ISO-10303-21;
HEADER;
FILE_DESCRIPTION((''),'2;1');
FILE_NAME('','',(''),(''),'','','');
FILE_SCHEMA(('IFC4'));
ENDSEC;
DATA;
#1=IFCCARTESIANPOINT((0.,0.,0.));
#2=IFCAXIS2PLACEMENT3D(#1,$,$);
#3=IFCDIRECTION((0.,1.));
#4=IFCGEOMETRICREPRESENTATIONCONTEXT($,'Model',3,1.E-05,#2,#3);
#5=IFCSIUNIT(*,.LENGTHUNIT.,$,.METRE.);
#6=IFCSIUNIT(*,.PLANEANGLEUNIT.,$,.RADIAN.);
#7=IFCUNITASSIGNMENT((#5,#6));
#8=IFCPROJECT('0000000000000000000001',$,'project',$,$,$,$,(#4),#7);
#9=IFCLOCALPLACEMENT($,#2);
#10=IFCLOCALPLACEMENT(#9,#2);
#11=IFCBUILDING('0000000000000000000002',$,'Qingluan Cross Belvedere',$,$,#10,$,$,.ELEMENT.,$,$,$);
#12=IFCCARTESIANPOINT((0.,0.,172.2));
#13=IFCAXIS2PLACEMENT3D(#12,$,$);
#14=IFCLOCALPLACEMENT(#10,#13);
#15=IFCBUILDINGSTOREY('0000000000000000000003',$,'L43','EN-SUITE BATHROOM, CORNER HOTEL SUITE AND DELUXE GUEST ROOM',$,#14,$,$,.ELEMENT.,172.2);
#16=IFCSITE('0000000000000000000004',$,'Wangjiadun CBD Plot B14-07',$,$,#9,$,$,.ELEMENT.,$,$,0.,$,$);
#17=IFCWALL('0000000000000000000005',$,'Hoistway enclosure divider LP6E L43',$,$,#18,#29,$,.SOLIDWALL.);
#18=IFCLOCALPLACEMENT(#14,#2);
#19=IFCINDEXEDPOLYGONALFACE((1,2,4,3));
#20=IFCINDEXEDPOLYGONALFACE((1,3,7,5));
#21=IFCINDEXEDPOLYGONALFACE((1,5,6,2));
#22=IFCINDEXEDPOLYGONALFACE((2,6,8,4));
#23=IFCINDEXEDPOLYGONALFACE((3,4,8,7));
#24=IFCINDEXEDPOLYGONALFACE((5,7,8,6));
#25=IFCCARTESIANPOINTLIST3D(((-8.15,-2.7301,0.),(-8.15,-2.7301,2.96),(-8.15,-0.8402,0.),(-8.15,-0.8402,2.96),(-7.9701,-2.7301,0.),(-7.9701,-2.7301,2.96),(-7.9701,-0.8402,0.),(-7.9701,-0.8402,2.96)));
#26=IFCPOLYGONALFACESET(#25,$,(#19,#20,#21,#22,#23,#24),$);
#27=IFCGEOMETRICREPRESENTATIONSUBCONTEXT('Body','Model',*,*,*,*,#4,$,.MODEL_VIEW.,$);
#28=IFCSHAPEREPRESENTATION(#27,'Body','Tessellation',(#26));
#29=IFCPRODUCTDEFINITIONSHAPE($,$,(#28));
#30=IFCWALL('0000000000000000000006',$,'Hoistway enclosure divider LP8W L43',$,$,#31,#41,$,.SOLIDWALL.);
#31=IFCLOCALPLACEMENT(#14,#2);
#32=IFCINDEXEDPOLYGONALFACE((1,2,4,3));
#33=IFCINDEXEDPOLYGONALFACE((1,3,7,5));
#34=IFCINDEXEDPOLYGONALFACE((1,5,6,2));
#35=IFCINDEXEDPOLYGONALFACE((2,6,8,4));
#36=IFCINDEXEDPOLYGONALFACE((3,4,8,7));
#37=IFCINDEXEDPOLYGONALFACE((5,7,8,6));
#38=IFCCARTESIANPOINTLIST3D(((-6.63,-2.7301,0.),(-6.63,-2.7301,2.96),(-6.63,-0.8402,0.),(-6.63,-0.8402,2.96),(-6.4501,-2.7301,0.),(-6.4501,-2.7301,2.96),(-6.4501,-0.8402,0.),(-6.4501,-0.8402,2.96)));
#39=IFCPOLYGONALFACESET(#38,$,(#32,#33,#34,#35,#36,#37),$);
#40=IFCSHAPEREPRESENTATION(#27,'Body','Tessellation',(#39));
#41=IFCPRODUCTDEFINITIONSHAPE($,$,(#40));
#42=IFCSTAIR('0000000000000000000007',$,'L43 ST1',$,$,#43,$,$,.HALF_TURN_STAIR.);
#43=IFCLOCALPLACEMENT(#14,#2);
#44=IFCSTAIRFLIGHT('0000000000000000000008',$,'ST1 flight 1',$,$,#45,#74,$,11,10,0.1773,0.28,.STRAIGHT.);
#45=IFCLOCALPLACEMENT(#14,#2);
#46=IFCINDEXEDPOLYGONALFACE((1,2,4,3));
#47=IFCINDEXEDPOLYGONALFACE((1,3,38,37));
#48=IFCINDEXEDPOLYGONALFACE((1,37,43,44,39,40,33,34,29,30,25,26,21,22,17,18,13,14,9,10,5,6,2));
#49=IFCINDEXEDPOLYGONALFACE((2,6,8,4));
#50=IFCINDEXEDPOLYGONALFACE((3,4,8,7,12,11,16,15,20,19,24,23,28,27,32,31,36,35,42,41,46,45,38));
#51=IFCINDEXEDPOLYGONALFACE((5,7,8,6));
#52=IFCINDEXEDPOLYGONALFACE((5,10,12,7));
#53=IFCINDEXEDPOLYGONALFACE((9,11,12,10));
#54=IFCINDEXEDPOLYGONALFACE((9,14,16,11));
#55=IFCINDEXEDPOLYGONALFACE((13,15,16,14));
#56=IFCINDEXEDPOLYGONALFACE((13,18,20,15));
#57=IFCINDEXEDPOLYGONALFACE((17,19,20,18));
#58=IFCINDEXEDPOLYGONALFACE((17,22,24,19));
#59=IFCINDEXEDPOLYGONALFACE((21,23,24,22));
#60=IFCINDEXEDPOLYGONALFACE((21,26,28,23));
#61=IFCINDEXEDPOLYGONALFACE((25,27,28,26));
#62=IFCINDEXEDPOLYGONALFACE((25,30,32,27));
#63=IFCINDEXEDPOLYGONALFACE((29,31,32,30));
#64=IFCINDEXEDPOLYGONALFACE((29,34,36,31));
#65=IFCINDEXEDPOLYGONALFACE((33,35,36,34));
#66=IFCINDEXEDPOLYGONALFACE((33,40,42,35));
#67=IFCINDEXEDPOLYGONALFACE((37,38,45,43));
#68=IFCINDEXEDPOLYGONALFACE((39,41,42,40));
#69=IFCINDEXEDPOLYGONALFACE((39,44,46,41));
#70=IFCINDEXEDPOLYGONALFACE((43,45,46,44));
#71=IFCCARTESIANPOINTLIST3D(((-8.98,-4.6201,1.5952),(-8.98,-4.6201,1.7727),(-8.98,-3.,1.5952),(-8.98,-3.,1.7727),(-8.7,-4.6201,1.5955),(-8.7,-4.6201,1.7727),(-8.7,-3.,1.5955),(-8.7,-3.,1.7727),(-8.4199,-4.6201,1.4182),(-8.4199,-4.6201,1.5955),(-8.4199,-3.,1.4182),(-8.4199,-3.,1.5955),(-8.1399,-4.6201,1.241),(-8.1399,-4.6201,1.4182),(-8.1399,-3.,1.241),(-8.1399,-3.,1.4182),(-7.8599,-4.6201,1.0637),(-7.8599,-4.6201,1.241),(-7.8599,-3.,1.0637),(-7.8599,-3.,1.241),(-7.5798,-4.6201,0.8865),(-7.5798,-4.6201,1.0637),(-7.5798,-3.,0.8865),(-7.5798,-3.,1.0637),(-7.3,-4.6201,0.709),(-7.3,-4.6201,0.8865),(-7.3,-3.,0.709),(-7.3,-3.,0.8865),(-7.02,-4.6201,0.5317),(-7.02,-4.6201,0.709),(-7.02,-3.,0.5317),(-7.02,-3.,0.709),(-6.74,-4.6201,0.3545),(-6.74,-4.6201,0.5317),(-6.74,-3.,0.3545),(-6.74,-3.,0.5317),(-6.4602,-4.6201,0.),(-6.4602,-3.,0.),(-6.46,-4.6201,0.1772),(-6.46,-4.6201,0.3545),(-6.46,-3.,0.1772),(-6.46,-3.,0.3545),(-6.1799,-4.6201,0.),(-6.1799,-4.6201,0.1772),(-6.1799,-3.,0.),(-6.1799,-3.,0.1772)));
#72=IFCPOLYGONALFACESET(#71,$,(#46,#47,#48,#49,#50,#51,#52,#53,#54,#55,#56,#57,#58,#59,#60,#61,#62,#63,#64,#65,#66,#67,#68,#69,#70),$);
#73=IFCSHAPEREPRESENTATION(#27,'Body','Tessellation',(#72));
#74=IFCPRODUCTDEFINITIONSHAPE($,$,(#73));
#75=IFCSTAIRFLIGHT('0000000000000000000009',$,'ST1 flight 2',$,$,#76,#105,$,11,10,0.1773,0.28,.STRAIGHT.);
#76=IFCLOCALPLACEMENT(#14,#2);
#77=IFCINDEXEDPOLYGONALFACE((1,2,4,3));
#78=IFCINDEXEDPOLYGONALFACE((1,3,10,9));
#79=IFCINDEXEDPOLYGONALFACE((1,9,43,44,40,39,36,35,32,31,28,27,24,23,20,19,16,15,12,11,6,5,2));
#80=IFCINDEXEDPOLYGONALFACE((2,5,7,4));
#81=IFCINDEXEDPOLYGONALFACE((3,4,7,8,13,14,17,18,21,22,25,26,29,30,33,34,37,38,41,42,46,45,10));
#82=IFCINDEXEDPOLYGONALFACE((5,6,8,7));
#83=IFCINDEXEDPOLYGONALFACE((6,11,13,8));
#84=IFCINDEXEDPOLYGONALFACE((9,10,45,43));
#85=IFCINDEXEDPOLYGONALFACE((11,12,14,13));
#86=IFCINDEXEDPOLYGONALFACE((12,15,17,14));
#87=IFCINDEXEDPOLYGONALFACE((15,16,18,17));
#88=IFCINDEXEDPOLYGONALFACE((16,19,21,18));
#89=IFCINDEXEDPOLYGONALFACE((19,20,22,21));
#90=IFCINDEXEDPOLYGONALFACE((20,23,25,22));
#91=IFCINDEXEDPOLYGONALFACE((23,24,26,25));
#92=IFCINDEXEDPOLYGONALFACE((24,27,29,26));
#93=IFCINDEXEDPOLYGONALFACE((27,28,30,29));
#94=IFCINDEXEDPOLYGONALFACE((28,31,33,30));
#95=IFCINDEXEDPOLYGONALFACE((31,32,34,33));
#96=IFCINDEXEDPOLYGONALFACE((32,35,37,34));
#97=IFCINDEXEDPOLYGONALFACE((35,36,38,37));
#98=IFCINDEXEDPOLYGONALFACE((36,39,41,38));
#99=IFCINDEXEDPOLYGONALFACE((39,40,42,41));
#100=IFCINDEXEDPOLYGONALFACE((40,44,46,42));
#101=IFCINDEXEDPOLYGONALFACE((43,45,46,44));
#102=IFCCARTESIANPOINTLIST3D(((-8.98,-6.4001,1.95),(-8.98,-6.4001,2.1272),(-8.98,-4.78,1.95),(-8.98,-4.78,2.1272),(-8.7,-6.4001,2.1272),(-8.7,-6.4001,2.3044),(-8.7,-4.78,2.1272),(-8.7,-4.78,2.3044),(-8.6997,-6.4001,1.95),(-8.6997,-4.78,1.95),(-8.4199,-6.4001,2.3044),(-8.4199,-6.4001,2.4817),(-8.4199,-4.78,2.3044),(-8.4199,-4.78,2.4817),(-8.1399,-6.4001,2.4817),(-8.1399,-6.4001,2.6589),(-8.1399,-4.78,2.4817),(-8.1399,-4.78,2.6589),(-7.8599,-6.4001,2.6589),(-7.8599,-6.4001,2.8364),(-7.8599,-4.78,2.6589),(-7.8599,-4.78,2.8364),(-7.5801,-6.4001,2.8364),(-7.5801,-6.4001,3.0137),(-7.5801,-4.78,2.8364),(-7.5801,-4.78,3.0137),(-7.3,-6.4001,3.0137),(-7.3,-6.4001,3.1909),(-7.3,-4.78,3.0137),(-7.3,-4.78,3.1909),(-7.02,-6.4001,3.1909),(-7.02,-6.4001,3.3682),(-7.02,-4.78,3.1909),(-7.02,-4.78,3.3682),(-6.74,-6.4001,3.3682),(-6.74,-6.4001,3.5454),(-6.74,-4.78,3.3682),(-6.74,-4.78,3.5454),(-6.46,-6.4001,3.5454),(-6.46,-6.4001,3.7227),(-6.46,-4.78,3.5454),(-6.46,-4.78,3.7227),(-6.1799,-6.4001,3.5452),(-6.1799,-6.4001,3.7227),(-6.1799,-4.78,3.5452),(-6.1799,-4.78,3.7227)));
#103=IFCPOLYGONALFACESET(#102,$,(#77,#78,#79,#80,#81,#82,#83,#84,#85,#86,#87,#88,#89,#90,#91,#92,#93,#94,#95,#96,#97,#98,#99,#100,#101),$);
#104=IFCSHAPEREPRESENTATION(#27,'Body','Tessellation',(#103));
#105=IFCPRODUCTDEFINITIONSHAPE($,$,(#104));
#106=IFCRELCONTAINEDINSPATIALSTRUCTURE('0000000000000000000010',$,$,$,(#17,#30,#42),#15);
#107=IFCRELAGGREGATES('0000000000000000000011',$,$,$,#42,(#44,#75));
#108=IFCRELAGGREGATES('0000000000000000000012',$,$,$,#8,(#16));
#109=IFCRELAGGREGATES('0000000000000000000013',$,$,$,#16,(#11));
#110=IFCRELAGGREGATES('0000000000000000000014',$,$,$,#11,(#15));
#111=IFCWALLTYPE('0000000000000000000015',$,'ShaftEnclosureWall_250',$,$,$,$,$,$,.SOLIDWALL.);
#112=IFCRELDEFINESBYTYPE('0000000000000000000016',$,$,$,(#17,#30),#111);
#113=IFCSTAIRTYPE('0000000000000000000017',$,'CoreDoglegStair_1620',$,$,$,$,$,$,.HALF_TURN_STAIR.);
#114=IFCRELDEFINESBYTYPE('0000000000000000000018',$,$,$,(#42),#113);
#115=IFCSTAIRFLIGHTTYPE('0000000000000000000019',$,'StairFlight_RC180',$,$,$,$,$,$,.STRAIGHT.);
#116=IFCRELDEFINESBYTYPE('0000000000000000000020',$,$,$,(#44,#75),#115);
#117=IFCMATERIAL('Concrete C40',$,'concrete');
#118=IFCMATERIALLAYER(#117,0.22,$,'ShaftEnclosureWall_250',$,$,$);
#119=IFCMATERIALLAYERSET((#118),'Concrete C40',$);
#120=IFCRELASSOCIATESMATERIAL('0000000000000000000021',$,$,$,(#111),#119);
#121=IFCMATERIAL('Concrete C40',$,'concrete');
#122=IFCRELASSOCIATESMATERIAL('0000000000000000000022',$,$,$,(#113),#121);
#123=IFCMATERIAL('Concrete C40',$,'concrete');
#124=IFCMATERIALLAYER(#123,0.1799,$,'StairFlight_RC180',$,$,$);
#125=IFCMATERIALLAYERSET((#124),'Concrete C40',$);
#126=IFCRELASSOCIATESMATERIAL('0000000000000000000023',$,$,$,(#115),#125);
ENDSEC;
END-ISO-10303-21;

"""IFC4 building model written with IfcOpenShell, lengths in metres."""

from ifc_helpers import new_model, si_unit, direction, frame, frame_2d, origin, place, context, subcontext, project, spatial, polyline, rectangle, outline, extrude, material, layer, layer_set, type_object, element, aggregate, save


model = new_model("IFC4")

# Units and contexts
model_context = context("Model", 3, precision=1e-05, world=origin(), true_north=direction((0.0, 1.0)))
body_context = subcontext(model_context, "Body", "Model", "MODEL_VIEW")
ifc_project = project(units=[si_unit("LENGTHUNIT", "METRE"), si_unit("PLANEANGLEUNIT", "RADIAN")], contexts=[model_context])

# Site, building, storey
site_placement = place(None, origin())
site = spatial("IfcSite", under=ifc_project, at=site_placement, Name="Wangjiadun CBD Plot B14-07", CompositionType="ELEMENT", RefElevation=0.0)
building_placement = place(site_placement, origin())
building = spatial("IfcBuilding", under=site, at=building_placement, Name="Qingluan Cross Belvedere", CompositionType="ELEMENT")
storey_placement = place(building_placement, frame((0.0, 0.0, 172.2)))
storey = spatial("IfcBuildingStorey", under=building, at=storey_placement, Name="L43", Description="EN-SUITE BATHROOM, CORNER HOTEL SUITE AND DELUXE GUEST ROOM", CompositionType="ELEMENT", Elevation=172.2)

# Walls
ifc_material_1 = material(Name="Concrete C40", Category="concrete")
ifc_layer_1 = layer(ifc_material_1, 0.22, Name="ShaftEnclosureWall_250")
ifc_layer_set_1 = layer_set([ifc_layer_1], Name="Concrete C40")
wall_type_1 = type_object("IfcWallType", Name="ShaftEnclosureWall_250", PredefinedType="SOLIDWALL", material=ifc_layer_set_1)
for number, where, z_axis, x_axis, name in (
    (1, (-8.0601, -2.73, 0.0), (0.0, 0.0, 1.0), (0.0, 1.0, 0.0), "Hoistway enclosure divider LP6E L43"),
    (2, (-6.54, -2.73, 0.0), (0.0, 0.0, 1.0), (0.0, 1.0, 0.0), "Hoistway enclosure divider LP8W L43"),
):
    element("IfcWall", number, at=place(storey_placement, frame(where, z_axis=z_axis, x_axis=x_axis)), inside=storey, type_object=wall_type_1, Name=name, PredefinedType="SOLIDWALL", context=body_context, shape_type="SweptSolid", body=[
        extrude(rectangle(XDim=1.8899, YDim=0.1799, at=frame_2d((0.9448, 0.0))), origin(), (0.0, 0.0, 1.0), 2.96),
    ])

# Stair, stair flights
ifc_material_2 = material(Name="Concrete C40", Category="concrete")
stair_type = type_object("IfcStairType", Name="CoreDoglegStair_1620", PredefinedType="HALF_TURN_STAIR", material=ifc_material_2)
stair_placement = place(storey_placement, origin())
stair = element("IfcStair", 3, at=stair_placement, inside=storey, type_object=stair_type, Name="L43 ST1", PredefinedType="HALF_TURN_STAIR")
ifc_material_3 = material(Name="Concrete C40", Category="concrete")
ifc_layer_2 = layer(ifc_material_3, 0.1799, Name="StairFlight_RC180")
ifc_layer_set_2 = layer_set([ifc_layer_2], Name="Concrete C40")
stair_flight_type = type_object("IfcStairFlightType", Name="StairFlight_RC180", PredefinedType="STRAIGHT", material=ifc_layer_set_2)
stair_flight_1_placement = place(storey_placement, frame((-6.1799, -3.8101, 0.0), z_axis=(0.0, 0.0, 1.0), x_axis=(-1.0, 0.0, 0.0)))
stair_flight_1 = element("IfcStairFlight", 4, at=stair_flight_1_placement, type_object=stair_flight_type, Name="ST1 flight 1", NumberOfRisers=11, NumberOfTreads=10, PredefinedType="STRAIGHT", RiserHeight=0.1773, TreadLength=0.28, context=body_context, shape_type="SweptSolid", body=[
    extrude(outline(polyline([(0.0, 0.0), (0.0, 0.1772), (0.28, 0.1772), (0.28, 0.3545), (0.5601, 0.3545), (0.5601, 0.5317), (0.8401, 0.5317), (0.8401, 0.709), (1.1201, 0.709), (1.1201, 0.8865), (1.3999, 0.8865), (1.3999, 1.0637), (1.6799, 1.0637), (1.6799, 1.241), (1.96, 1.241), (1.96, 1.4182), (2.24, 1.4182), (2.24, 1.5955), (2.52, 1.5955), (2.52, 1.7727), (2.8, 1.7727), (2.8, 1.95), (2.8, 1.5952), (0.2803, 0.0), (0.0, 0.0)])), frame((0.0, 0.8101, 0.0), z_axis=(0.0, -1.0, 0.0), x_axis=(1.0, 0.0, 0.0)), (0.0, 0.0, 1.0), 1.6201),
])
stair_flight_2_placement = place(storey_placement, frame((-8.98, -5.5901, 1.95), z_axis=(0.0, 0.0, 1.0), x_axis=(1.0, 0.0, 0.0)))
stair_flight_2 = element("IfcStairFlight", 5, at=stair_flight_2_placement, type_object=stair_flight_type, Name="ST1 flight 2", NumberOfRisers=11, NumberOfTreads=10, PredefinedType="STRAIGHT", RiserHeight=0.1773, TreadLength=0.28, context=body_context, shape_type="SweptSolid", body=[
    extrude(outline(polyline([(0.0, 0.0), (0.0, 0.1772), (0.28, 0.1772), (0.28, 0.3545), (0.5601, 0.3545), (0.5601, 0.5317), (0.8401, 0.5317), (0.8401, 0.709), (1.1201, 0.709), (1.1201, 0.8865), (1.3999, 0.8865), (1.3999, 1.0637), (1.6799, 1.0637), (1.6799, 1.241), (1.96, 1.241), (1.96, 1.4182), (2.24, 1.4182), (2.24, 1.5955), (2.52, 1.5955), (2.52, 1.7727), (2.8, 1.7727), (2.8, 1.95), (2.8, 1.5952), (0.2803, 0.0), (0.0, 0.0)])), frame((0.0, 0.8101, 0.0), z_axis=(0.0, -1.0, 0.0), x_axis=(1.0, 0.0, 0.0)), (0.0, 0.0, 1.0), 1.6201),
])
aggregate(stair, [stair_flight_1, stair_flight_2])

save(model, "model.ifc")
